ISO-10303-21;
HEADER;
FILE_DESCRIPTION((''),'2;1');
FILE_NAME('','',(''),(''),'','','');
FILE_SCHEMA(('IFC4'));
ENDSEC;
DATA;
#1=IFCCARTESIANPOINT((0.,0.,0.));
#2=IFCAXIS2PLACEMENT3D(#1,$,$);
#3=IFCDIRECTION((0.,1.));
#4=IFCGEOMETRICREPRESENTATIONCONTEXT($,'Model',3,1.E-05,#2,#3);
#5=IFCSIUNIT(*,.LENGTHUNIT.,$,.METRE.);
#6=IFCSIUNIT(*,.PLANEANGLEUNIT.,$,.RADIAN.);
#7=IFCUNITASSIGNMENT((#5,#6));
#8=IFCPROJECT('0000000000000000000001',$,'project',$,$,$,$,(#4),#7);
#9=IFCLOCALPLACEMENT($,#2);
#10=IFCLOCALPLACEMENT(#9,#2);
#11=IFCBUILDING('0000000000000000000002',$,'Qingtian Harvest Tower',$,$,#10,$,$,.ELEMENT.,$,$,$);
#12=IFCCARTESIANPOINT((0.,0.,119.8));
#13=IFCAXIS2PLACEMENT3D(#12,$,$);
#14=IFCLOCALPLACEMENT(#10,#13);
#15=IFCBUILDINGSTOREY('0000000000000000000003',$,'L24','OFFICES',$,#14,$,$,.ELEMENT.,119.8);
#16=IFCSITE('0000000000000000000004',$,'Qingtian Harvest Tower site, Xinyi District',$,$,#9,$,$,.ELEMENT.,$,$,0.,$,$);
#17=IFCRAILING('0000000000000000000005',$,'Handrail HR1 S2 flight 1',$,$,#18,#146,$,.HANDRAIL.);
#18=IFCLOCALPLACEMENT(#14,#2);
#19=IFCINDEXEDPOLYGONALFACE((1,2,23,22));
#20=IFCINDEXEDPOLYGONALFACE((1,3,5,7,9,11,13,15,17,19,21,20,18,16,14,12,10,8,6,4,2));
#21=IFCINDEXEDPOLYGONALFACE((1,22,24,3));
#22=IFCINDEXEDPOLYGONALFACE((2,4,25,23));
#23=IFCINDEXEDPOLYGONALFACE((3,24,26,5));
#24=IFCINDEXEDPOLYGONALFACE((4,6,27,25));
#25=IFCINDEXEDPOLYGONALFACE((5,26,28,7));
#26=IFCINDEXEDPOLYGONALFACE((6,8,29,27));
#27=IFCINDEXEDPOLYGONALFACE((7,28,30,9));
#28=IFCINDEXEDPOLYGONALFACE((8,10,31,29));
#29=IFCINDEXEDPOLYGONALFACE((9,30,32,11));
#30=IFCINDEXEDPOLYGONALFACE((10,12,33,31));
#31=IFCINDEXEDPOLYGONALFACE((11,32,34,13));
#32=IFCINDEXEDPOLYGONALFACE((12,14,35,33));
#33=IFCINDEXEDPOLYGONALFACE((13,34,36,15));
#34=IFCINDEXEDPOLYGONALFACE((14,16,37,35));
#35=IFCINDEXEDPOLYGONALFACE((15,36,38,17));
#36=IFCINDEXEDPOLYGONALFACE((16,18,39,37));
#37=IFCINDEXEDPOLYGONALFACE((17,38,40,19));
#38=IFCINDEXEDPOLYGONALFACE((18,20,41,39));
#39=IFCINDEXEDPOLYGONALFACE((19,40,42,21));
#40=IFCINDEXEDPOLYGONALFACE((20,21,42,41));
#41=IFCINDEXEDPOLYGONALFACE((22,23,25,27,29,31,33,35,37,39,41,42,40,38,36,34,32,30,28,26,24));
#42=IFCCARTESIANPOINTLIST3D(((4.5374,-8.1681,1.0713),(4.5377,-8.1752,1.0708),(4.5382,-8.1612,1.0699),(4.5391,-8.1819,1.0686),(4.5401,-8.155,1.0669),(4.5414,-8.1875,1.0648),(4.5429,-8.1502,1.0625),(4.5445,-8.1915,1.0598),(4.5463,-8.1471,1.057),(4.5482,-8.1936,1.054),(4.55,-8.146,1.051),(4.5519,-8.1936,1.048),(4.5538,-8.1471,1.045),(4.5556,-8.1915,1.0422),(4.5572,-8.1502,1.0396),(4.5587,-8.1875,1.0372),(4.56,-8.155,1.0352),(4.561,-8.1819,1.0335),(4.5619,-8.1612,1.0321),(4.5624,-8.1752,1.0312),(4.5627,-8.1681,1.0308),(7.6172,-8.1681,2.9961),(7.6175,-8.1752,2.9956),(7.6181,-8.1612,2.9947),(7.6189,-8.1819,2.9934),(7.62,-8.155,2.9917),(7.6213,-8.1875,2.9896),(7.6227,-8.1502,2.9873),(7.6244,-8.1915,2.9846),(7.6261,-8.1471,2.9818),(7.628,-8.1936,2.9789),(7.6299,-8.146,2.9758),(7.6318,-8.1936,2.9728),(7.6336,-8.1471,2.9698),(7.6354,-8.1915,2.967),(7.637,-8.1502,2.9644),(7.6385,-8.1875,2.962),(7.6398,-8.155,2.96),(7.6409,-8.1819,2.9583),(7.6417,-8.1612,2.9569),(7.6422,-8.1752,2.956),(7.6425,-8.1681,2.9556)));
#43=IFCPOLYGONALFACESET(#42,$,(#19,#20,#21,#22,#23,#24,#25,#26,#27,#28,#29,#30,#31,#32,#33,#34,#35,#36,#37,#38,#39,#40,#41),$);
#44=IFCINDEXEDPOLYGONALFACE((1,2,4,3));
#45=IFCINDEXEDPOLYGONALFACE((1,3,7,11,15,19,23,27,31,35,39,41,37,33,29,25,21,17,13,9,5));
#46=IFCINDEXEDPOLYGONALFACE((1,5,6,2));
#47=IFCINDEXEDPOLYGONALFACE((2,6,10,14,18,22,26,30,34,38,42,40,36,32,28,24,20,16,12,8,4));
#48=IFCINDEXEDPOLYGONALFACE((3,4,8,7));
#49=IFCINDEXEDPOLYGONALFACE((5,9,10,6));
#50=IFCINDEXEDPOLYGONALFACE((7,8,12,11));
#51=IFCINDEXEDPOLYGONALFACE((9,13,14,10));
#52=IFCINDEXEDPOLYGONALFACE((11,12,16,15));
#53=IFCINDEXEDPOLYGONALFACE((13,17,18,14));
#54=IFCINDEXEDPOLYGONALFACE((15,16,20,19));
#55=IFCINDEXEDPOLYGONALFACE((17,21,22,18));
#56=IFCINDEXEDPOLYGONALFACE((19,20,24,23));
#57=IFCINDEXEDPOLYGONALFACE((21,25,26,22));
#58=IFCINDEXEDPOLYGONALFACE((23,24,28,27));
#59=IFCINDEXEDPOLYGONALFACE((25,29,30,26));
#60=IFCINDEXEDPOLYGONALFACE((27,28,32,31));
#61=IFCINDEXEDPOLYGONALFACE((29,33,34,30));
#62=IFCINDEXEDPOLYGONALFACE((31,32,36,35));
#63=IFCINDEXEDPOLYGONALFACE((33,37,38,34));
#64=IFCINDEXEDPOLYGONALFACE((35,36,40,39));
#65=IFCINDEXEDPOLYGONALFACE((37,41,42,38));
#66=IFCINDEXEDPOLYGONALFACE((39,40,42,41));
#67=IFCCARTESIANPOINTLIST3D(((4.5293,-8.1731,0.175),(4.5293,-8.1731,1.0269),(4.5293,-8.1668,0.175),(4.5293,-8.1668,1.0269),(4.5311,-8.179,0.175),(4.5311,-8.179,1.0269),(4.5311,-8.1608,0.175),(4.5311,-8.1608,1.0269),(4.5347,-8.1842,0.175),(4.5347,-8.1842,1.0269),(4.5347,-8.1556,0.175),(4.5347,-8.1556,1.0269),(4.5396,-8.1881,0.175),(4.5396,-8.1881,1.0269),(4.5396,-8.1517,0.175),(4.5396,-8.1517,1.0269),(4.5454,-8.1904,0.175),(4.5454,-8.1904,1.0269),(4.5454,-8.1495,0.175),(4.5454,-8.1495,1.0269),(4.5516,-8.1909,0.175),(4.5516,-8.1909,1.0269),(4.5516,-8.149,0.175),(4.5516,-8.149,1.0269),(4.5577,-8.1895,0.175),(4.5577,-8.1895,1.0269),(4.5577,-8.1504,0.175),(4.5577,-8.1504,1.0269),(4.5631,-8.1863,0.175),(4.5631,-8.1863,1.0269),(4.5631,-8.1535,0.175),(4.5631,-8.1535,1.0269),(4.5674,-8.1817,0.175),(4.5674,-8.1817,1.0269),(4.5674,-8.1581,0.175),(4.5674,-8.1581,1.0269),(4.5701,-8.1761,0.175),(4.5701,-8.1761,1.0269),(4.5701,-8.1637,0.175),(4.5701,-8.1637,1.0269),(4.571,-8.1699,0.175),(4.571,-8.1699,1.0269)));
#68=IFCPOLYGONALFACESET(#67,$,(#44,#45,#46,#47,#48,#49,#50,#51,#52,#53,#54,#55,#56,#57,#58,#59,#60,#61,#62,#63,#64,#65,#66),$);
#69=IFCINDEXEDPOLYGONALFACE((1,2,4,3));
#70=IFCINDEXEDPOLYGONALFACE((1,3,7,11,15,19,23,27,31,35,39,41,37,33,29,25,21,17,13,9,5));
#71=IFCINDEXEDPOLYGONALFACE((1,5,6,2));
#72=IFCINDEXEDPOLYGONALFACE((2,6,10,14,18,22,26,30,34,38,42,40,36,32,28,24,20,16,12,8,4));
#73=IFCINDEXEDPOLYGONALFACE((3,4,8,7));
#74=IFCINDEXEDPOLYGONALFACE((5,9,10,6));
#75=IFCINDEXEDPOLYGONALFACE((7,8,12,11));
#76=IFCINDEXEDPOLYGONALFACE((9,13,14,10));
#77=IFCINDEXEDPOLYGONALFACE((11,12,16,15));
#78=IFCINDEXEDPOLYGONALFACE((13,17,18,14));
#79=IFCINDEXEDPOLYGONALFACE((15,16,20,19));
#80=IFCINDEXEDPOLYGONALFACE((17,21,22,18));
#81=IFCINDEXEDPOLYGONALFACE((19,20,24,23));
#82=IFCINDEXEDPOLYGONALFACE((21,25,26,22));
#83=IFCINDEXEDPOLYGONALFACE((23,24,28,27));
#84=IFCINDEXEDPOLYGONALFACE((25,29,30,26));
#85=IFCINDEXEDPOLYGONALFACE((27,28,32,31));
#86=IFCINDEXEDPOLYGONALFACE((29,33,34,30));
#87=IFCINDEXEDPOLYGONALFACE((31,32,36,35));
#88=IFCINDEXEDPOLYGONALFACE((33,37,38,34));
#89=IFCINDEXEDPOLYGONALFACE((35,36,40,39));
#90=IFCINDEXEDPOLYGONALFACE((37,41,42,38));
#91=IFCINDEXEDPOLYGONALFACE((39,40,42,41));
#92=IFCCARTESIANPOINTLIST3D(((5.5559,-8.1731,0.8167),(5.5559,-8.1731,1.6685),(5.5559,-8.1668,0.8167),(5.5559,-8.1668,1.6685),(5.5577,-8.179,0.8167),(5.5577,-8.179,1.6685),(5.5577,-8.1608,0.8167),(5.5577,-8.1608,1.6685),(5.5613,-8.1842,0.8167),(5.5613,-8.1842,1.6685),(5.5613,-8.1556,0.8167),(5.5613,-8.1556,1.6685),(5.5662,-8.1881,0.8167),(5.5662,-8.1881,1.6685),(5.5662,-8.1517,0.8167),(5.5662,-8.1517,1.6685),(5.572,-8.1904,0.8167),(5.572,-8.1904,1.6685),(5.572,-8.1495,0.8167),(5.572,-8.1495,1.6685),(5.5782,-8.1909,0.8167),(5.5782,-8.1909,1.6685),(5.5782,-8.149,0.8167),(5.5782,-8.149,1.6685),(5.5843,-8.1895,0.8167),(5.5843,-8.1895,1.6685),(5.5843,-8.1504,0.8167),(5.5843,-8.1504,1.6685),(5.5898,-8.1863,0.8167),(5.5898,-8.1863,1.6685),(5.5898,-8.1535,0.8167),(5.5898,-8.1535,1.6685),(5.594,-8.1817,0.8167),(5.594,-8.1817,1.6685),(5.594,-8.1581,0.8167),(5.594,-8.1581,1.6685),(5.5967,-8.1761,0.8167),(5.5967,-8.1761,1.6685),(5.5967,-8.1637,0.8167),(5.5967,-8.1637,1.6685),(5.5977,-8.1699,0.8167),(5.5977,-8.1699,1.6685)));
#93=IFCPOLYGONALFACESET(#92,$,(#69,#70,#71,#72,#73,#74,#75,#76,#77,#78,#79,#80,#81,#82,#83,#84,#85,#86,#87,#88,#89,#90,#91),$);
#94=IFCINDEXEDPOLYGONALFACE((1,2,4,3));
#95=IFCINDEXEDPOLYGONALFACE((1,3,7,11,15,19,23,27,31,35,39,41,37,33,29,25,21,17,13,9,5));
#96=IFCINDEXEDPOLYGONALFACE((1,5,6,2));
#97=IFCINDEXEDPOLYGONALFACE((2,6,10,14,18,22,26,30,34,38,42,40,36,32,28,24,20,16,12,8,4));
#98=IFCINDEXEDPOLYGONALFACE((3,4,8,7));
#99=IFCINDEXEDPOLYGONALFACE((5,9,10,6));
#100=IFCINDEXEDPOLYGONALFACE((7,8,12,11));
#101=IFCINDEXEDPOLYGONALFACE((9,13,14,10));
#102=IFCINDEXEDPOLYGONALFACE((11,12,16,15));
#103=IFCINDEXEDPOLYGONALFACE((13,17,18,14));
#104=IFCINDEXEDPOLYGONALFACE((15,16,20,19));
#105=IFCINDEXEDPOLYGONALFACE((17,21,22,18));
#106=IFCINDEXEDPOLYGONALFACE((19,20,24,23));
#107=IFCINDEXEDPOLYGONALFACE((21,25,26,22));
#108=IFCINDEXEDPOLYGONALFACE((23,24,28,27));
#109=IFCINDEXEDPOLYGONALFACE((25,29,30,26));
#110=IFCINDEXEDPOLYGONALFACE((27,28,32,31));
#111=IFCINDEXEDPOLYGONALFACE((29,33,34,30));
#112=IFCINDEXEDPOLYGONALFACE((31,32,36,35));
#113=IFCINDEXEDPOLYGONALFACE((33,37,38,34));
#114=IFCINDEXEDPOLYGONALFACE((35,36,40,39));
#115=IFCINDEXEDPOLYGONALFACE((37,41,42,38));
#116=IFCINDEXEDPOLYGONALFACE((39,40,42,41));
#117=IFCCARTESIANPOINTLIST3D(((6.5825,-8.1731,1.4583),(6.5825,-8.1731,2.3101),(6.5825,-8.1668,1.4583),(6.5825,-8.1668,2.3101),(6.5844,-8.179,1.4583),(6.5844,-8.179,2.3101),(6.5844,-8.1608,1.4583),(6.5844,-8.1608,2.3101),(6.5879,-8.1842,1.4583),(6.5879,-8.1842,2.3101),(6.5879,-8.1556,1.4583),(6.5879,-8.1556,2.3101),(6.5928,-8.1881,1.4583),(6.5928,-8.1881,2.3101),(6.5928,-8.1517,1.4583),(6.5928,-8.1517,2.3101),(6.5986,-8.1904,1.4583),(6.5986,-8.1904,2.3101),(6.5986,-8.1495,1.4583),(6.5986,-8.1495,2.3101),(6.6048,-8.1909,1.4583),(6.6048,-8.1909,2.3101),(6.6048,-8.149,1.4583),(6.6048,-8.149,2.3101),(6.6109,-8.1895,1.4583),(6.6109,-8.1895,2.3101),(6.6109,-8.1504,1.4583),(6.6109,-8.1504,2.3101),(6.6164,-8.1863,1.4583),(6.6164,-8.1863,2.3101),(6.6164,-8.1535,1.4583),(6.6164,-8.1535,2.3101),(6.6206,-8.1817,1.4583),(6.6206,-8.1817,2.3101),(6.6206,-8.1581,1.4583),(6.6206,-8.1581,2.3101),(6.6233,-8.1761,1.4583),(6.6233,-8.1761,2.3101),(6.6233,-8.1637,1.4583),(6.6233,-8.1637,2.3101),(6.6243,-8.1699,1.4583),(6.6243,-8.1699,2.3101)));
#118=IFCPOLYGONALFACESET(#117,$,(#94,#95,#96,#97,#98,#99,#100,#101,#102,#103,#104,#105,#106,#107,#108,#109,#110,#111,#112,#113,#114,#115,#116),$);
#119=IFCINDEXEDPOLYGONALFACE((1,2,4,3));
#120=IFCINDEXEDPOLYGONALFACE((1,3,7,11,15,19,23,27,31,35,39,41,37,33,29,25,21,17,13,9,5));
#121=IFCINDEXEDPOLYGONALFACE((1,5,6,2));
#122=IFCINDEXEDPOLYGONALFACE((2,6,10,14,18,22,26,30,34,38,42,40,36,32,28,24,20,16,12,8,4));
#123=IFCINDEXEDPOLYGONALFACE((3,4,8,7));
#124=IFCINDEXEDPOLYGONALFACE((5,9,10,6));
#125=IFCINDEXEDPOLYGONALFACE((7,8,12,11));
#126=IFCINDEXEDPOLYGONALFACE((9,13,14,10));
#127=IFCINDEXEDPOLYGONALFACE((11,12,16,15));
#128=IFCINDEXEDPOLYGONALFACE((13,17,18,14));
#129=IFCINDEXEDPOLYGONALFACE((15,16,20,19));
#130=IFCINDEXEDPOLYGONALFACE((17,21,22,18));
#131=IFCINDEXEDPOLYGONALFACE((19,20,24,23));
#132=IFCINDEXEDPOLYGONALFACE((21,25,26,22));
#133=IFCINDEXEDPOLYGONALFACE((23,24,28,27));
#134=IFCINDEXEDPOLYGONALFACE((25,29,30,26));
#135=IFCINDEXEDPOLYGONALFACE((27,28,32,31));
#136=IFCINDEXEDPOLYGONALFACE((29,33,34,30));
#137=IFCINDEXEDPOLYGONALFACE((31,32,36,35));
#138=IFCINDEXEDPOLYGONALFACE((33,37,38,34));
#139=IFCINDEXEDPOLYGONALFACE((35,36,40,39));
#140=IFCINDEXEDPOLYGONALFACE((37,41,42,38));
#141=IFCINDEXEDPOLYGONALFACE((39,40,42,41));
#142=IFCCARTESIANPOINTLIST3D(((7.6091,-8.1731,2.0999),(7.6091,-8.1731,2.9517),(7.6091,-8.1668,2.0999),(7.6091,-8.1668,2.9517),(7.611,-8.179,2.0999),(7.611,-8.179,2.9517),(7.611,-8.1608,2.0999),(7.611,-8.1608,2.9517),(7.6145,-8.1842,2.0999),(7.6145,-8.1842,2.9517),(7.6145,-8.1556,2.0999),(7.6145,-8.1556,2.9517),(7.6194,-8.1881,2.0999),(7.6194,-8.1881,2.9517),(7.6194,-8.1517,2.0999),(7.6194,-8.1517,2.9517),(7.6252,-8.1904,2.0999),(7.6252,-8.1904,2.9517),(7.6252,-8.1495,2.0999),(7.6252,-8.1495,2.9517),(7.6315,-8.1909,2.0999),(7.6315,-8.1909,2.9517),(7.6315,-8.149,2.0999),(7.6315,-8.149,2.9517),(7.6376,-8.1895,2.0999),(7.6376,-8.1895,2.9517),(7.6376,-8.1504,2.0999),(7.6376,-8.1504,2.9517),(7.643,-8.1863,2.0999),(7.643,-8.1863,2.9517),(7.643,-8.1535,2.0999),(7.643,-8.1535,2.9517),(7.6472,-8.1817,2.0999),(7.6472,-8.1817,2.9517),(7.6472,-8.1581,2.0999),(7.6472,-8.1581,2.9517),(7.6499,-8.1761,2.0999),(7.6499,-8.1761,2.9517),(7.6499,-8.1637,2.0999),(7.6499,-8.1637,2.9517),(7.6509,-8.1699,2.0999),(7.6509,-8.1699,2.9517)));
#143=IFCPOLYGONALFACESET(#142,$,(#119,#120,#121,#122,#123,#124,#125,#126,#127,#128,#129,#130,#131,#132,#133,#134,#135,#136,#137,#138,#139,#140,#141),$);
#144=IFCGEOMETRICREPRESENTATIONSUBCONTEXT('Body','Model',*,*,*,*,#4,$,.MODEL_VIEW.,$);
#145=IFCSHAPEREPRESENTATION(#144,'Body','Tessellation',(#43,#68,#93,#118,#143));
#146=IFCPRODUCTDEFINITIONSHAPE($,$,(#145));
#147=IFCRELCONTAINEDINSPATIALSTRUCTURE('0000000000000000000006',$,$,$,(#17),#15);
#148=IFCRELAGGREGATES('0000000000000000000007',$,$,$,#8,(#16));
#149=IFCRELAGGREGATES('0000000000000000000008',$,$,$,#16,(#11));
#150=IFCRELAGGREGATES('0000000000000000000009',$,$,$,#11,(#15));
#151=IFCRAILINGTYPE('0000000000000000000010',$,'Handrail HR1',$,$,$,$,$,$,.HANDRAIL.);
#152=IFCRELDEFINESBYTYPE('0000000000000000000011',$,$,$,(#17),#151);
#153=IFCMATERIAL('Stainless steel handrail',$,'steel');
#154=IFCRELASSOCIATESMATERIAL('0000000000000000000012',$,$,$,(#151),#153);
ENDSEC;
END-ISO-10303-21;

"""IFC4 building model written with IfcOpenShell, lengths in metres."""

from ifc_helpers import new_model, si_unit, direction, frame, origin, origin_2d, place, context, subcontext, project, spatial, circle, extrude, material, type_object, element, save


model = new_model("IFC4")

# Units and contexts
model_context = context("Model", 3, precision=1e-05, world=origin(), true_north=direction((0.0, 1.0)))
body_context = subcontext(model_context, "Body", "Model", "MODEL_VIEW")
ifc_project = project(units=[si_unit("LENGTHUNIT", "METRE"), si_unit("PLANEANGLEUNIT", "RADIAN")], contexts=[model_context])

# Site, building, storey
site_placement = place(None, origin())
site = spatial("IfcSite", under=ifc_project, at=site_placement, Name="Qingtian Harvest Tower site, Xinyi District", CompositionType="ELEMENT", RefElevation=0.0)
building_placement = place(site_placement, origin())
building = spatial("IfcBuilding", under=site, at=building_placement, Name="Qingtian Harvest Tower", CompositionType="ELEMENT")
storey_placement = place(building_placement, frame((0.0, 0.0, 119.8)))
storey = spatial("IfcBuildingStorey", under=building, at=storey_placement, Name="L24", Description="OFFICES", CompositionType="ELEMENT", Elevation=119.8)

# Railing
ifc_material_1 = material(Name="Stainless steel handrail", Category="steel")
railing_type = type_object("IfcRailingType", Name="Handrail HR1", PredefinedType="HANDRAIL", material=ifc_material_1)
railing_1_placement = place(storey_placement, frame((4.55, -8.1699, 0.175)))
element("IfcRailing", 1, at=railing_1_placement, inside=storey, type_object=railing_type, Name="Handrail HR1 S2 flight 1", PredefinedType="HANDRAIL", context=body_context, shape_type="SweptSolid", body=[
    extrude(circle(Radius=0.0239, at=origin_2d()), frame((0.0, 0.0, 0.876), z_axis=(0.84801, 0.0, 0.529981), x_axis=(0.0, 1.0, 0.0)), (0.0, 0.0, 1.0), 3.6318),
    extrude(circle(Radius=0.021, at=origin_2d()), origin(), (0.0, 0.0, 1.0), 0.8518),
    extrude(circle(Radius=0.021, at=origin_2d()), frame((1.0266, 0.0, 0.6416)), (0.0, 0.0, 1.0), 0.8518),
    extrude(circle(Radius=0.021, at=origin_2d()), frame((2.0532, 0.0, 1.2832)), (0.0, 0.0, 1.0), 0.8518),
    extrude(circle(Radius=0.021, at=origin_2d()), frame((3.0798, 0.0, 1.9248)), (0.0, 0.0, 1.0), 0.8518),
])

save(model, "model.ifc")
